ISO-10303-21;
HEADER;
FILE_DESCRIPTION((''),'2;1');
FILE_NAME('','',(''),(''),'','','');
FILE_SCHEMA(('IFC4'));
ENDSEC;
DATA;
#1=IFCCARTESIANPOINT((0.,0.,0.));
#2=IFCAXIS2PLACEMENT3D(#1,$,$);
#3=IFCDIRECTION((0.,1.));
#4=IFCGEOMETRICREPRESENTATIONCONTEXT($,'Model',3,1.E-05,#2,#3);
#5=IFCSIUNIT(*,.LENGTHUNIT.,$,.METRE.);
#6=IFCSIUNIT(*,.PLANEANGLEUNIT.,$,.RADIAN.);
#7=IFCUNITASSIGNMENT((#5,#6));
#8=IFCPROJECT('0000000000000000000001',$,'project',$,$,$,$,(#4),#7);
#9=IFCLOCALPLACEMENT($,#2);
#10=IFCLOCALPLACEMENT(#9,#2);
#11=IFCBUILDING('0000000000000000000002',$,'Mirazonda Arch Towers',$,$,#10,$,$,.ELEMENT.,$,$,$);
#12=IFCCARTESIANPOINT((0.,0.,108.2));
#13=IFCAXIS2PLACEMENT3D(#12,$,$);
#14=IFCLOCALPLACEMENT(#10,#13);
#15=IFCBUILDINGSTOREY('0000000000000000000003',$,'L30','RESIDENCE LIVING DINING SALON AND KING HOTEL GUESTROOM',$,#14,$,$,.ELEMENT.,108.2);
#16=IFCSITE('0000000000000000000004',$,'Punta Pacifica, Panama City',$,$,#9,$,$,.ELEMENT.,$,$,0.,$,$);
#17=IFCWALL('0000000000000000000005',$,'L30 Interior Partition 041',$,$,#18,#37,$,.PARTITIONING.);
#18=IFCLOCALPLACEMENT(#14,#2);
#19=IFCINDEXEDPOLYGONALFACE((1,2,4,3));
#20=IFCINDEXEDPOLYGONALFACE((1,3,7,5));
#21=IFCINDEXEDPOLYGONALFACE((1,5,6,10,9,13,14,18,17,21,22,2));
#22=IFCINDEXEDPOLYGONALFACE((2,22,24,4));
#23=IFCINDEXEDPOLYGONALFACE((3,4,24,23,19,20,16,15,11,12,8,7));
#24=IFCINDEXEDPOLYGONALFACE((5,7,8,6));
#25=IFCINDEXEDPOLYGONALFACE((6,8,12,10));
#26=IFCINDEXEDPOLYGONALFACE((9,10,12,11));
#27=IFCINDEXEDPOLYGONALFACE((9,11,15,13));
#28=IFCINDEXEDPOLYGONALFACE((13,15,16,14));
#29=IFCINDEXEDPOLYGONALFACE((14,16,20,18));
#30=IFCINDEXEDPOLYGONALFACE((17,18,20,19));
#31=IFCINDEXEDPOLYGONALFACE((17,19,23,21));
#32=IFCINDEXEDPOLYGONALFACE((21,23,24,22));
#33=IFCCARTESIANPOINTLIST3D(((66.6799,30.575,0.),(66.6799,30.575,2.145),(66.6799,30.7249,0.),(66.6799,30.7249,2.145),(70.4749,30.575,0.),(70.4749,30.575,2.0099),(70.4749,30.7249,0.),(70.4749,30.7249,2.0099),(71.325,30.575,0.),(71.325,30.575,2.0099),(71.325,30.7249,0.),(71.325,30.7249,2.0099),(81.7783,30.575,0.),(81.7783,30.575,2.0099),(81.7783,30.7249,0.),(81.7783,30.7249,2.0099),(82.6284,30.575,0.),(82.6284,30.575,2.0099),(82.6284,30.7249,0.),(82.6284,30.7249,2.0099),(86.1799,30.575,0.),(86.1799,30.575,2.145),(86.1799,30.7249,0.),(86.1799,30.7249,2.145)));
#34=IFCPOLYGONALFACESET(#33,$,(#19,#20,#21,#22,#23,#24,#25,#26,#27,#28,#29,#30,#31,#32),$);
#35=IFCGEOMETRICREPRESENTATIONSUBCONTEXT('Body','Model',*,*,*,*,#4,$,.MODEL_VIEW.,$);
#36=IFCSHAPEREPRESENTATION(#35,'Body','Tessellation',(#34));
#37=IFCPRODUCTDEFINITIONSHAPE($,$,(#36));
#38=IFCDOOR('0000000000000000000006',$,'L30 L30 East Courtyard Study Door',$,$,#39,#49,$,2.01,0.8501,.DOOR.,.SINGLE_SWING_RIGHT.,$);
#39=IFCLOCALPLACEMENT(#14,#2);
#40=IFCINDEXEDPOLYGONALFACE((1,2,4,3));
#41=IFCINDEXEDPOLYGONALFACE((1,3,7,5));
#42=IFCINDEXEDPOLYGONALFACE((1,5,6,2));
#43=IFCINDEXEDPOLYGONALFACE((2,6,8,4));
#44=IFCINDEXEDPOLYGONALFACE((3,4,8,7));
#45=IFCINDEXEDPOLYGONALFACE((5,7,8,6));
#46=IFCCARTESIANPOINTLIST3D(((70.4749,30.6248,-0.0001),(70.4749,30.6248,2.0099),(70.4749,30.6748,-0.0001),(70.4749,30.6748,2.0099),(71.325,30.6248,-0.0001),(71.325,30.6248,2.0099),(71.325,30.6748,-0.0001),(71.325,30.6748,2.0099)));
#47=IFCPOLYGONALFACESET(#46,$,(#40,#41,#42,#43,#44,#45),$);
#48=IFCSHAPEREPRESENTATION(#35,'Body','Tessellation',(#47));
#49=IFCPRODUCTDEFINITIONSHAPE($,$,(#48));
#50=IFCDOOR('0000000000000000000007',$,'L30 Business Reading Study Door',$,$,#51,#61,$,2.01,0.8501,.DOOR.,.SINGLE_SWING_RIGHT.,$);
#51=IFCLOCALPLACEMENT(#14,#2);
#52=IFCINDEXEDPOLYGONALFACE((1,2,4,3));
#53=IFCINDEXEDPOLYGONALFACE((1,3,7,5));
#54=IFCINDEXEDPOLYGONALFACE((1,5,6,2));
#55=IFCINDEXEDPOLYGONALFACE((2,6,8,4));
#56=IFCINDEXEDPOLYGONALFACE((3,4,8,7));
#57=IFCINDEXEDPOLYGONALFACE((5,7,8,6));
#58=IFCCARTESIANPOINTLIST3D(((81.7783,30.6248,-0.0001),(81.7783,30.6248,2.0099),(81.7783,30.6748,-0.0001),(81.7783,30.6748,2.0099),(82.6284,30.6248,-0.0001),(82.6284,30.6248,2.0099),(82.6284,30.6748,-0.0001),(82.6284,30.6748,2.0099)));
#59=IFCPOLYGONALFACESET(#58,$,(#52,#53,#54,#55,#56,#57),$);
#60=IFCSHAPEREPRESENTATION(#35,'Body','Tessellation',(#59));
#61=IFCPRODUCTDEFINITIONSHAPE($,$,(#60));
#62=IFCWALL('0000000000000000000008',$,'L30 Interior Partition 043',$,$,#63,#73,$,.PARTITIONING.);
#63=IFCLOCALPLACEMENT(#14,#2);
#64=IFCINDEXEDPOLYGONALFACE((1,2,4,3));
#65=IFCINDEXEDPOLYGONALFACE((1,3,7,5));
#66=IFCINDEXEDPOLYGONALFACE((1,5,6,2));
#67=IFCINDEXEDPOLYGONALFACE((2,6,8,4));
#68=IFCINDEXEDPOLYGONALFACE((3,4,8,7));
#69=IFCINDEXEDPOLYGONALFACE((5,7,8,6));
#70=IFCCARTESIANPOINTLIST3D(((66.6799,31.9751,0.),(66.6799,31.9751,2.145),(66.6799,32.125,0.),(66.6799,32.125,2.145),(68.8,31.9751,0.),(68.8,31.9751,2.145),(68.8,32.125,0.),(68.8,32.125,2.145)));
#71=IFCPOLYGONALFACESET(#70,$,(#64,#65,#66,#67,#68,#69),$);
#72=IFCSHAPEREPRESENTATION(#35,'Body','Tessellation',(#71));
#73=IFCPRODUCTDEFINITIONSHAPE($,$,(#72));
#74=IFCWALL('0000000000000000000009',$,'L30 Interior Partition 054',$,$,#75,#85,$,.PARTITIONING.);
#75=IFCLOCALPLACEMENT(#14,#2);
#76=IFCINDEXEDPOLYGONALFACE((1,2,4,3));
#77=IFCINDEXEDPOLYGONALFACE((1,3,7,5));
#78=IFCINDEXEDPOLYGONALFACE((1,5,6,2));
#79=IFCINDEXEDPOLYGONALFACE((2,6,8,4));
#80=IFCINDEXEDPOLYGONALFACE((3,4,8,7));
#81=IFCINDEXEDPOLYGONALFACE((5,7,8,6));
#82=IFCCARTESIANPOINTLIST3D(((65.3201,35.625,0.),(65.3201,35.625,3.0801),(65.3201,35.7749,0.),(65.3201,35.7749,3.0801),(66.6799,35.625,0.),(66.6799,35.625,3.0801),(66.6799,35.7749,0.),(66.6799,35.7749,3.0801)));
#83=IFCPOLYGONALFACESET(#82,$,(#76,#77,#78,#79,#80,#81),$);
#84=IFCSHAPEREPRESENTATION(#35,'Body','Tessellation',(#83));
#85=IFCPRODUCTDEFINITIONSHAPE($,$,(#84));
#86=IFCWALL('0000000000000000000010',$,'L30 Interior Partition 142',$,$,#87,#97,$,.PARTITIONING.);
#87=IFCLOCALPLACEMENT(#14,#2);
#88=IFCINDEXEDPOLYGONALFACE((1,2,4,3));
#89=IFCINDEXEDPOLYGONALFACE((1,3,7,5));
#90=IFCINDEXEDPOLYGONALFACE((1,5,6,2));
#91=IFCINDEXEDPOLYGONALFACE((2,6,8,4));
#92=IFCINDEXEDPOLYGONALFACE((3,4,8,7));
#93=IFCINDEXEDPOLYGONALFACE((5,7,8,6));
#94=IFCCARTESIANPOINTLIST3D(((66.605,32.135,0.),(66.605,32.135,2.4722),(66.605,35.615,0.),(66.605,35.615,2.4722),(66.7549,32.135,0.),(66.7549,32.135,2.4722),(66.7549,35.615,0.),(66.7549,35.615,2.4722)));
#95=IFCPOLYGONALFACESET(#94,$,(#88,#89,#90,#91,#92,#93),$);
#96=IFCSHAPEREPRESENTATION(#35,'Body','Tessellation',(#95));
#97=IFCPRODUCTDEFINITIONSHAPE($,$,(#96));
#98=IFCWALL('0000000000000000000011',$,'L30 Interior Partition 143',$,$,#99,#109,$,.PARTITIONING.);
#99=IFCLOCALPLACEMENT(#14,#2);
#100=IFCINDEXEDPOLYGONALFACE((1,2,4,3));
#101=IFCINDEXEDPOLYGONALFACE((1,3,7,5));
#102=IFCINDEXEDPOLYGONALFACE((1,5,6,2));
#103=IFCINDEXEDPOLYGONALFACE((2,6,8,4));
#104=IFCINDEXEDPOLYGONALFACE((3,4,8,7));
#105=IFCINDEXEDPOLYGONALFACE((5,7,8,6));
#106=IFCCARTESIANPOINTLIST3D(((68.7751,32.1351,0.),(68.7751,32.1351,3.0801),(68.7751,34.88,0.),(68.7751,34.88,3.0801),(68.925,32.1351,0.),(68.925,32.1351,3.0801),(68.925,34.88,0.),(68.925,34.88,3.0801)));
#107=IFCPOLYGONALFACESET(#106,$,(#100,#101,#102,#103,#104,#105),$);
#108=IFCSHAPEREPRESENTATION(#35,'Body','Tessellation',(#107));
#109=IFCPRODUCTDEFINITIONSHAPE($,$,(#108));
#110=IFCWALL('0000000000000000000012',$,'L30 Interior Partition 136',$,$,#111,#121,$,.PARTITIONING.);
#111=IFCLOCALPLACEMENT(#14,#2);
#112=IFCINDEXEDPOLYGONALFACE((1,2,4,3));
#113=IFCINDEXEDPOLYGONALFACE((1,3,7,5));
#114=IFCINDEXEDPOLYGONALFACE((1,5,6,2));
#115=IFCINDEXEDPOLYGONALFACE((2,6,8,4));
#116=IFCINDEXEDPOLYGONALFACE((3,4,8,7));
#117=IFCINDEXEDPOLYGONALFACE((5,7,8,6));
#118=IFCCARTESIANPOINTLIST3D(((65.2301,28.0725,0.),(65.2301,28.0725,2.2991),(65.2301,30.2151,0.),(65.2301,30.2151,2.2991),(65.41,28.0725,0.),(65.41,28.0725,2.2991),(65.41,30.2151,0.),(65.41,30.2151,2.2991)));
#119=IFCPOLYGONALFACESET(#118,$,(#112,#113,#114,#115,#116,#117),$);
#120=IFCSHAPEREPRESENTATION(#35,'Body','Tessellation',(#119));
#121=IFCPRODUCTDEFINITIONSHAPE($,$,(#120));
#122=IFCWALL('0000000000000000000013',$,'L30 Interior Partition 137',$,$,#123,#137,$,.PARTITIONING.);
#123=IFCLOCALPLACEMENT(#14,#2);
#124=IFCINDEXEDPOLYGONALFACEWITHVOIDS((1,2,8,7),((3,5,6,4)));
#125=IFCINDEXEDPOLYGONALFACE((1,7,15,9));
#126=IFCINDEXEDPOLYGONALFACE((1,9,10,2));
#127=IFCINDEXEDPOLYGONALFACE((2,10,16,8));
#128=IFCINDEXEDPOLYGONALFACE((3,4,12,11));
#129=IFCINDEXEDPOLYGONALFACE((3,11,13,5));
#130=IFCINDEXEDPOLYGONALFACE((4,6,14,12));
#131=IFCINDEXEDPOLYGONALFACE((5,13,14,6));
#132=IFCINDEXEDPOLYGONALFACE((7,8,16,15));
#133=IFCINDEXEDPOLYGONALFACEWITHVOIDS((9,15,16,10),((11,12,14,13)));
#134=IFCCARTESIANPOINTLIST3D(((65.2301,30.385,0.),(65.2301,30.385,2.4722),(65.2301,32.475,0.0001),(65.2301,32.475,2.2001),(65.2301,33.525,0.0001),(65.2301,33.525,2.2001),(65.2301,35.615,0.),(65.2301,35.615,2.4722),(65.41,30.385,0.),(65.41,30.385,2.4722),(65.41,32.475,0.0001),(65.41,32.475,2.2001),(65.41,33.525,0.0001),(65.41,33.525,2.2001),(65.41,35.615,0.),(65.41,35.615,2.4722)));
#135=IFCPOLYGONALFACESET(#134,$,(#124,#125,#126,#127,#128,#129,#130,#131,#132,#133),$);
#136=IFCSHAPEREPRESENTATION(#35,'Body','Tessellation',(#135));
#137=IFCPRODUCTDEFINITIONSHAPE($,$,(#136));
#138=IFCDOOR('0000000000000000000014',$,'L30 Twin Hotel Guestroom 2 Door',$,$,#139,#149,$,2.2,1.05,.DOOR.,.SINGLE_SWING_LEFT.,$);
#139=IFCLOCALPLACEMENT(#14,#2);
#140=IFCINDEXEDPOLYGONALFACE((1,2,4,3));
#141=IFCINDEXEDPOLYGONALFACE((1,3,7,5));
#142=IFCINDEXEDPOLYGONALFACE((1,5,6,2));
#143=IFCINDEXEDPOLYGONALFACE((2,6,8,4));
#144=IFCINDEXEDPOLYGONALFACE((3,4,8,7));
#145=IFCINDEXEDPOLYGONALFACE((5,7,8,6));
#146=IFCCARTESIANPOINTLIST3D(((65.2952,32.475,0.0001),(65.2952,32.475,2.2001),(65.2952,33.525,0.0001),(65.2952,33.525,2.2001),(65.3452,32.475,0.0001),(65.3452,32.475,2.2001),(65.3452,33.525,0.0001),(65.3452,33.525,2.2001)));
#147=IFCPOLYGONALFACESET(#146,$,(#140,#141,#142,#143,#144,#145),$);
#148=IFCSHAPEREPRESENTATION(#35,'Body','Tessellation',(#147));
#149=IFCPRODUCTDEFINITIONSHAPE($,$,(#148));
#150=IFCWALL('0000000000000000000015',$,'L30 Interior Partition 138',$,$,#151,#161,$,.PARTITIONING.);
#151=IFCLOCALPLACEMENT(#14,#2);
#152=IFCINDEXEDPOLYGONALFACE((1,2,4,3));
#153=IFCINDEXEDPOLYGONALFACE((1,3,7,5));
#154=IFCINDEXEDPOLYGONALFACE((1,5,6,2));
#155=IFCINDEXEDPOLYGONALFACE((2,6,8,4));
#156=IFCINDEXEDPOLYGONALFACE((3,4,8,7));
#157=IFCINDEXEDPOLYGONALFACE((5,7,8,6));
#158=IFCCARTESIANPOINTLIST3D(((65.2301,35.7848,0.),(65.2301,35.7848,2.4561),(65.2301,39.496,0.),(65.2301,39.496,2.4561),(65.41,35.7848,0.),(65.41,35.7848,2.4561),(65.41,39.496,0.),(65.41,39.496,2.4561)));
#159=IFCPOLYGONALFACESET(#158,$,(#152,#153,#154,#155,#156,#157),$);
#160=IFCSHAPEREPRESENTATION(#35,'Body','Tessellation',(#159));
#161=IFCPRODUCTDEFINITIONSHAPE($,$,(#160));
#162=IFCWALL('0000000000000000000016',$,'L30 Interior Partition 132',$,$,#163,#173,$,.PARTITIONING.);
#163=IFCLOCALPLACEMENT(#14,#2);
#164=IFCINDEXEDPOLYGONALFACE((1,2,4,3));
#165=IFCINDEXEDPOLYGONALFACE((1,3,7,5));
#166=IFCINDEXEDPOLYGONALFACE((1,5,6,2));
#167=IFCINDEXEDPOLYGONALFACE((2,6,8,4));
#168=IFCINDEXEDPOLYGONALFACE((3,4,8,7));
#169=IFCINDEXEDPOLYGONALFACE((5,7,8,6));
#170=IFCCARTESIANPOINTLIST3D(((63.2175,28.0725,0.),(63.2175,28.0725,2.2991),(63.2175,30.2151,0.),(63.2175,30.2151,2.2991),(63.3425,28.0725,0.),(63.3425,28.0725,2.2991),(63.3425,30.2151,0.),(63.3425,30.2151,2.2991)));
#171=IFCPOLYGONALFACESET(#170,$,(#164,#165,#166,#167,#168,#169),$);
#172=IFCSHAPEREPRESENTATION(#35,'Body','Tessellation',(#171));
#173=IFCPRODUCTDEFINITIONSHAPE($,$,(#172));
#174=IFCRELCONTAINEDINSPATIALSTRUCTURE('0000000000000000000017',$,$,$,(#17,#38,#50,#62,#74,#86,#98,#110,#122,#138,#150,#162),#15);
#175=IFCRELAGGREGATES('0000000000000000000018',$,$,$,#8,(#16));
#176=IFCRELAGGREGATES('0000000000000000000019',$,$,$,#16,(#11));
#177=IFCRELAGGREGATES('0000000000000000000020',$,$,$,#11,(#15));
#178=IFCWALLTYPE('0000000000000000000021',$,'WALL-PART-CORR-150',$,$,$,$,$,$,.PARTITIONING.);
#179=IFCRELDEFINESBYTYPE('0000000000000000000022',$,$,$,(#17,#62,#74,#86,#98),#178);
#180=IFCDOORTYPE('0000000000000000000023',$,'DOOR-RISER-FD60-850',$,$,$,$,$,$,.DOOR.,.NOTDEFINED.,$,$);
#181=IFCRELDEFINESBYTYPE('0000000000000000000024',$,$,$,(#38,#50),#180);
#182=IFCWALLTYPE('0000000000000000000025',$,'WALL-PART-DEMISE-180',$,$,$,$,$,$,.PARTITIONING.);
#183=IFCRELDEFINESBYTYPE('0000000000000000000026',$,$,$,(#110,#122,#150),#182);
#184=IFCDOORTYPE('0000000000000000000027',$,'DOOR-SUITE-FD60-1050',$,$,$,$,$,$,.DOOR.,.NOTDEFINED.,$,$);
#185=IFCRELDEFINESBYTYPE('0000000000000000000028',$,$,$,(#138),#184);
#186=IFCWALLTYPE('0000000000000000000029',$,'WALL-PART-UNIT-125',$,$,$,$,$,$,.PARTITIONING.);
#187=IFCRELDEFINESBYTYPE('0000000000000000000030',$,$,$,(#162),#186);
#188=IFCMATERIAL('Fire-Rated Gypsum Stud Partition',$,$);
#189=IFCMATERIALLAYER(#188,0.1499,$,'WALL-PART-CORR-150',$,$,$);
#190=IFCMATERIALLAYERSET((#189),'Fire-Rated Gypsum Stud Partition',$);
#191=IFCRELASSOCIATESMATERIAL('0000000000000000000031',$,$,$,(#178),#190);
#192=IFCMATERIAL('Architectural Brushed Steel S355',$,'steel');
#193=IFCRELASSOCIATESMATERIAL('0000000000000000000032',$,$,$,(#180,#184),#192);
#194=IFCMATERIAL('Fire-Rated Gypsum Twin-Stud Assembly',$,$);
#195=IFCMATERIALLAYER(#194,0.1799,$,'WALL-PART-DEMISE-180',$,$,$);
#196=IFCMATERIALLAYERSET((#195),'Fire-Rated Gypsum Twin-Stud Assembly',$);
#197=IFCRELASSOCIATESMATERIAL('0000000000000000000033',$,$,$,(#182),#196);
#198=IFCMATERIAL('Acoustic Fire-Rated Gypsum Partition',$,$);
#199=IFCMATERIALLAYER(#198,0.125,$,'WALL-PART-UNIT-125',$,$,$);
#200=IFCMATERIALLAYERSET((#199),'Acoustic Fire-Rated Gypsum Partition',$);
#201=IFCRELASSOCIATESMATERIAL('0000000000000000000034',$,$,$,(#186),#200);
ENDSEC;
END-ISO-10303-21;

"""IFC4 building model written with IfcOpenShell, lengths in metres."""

from ifc_helpers import new_model, si_unit, direction, frame, frame_2d, origin, place, context, subcontext, project, spatial, rectangle, extrude, material, layer, layer_set, type_object, element, fill, save


model = new_model("IFC4")

# Units and contexts
model_context = context("Model", 3, precision=1e-05, world=origin(), true_north=direction((0.0, 1.0)))
body_context = subcontext(model_context, "Body", "Model", "MODEL_VIEW")
ifc_project = project(units=[si_unit("LENGTHUNIT", "METRE"), si_unit("PLANEANGLEUNIT", "RADIAN")], contexts=[model_context])

# Site, building, storey
site_placement = place(None, origin())
site = spatial("IfcSite", under=ifc_project, at=site_placement, Name="Punta Pacifica, Panama City", CompositionType="ELEMENT", RefElevation=0.0)
building_placement = place(site_placement, origin())
building = spatial("IfcBuilding", under=site, at=building_placement, Name="Mirazonda Arch Towers", CompositionType="ELEMENT")
storey_placement = place(building_placement, frame((0.0, 0.0, 108.2)))
storey = spatial("IfcBuildingStorey", under=building, at=storey_placement, Name="L30", Description="RESIDENCE LIVING DINING SALON AND KING HOTEL GUESTROOM", CompositionType="ELEMENT", Elevation=108.2)

# Wall, openings, doors
ifc_material_1 = material(Name="Architectural Brushed Steel S355", Category="steel")
ifc_material_2 = material(Name="Fire-Rated Gypsum Stud Partition")
ifc_layer_1 = layer(ifc_material_2, 0.1499, Name="WALL-PART-CORR-150")
ifc_layer_set_1 = layer_set([ifc_layer_1], Name="Fire-Rated Gypsum Stud Partition")
wall_type_1 = type_object("IfcWallType", Name="WALL-PART-CORR-150", PredefinedType="PARTITIONING", material=ifc_layer_set_1)
wall_1_placement = place(storey_placement, frame((66.6799, 30.6499, 0.0), z_axis=(0.0, 0.0, 1.0), x_axis=(1.0, 0.0, 0.0)))
wall_1 = element("IfcWall", 1, at=wall_1_placement, inside=storey, type_object=wall_type_1, Name="L30 Interior Partition 041", PredefinedType="PARTITIONING", context=body_context, shape_type="SweptSolid", body=[
    extrude(rectangle(XDim=19.5, YDim=0.1499, at=frame_2d((9.75, 0.0))), origin(), (0.0, 0.0, 1.0), 2.145),
])
opening_1_placement = place(wall_1_placement, frame((3.7949, 0.0, 0.0)))
opening_1 = element("IfcOpeningElement", 2, at=opening_1_placement, cuts=wall_1, PredefinedType="OPENING", context=body_context, shape_type="SweptSolid", body=[
    extrude(rectangle(XDim=0.8501, YDim=2.01, at=frame_2d((0.425, 1.0049))), frame((0.0, 0.085, 0.0), z_axis=(0.0, -1.0, 0.0), x_axis=(1.0, 0.0, 0.0)), (0.0, 0.0, 1.0), 0.1699),
])
opening_2_placement = place(wall_1_placement, frame((15.0984, 0.0, 0.0)))
opening_2 = element("IfcOpeningElement", 3, at=opening_2_placement, cuts=wall_1, PredefinedType="OPENING", context=body_context, shape_type="SweptSolid", body=[
    extrude(rectangle(XDim=0.8501, YDim=2.01, at=frame_2d((0.425, 1.0049))), frame((0.0, 0.085, 0.0), z_axis=(0.0, -1.0, 0.0), x_axis=(1.0, 0.0, 0.0)), (0.0, 0.0, 1.0), 0.1699),
])
door_type_1 = type_object("IfcDoorType", Name="DOOR-RISER-FD60-850", OperationType="NOTDEFINED", PredefinedType="DOOR", material=ifc_material_1)
door_1_placement = place(opening_1_placement, origin())
door_1 = element("IfcDoor", 4, at=door_1_placement, inside=storey, type_object=door_type_1, Name="L30 L30 East Courtyard Study Door", OperationType="SINGLE_SWING_RIGHT", OverallHeight=2.01, OverallWidth=0.8501, PredefinedType="DOOR", context=body_context, shape_type="SweptSolid", body=[
    extrude(rectangle(XDim=0.8501, YDim=2.01, at=frame_2d((0.425, 1.0049))), frame((0.0, 0.0249, 0.0), z_axis=(0.0, -1.0, 0.0), x_axis=(1.0, 0.0, 0.0)), (0.0, 0.0, 1.0), 0.05),
])
fill(opening_1, door_1)
door_2_placement = place(opening_2_placement, origin())
door_2 = element("IfcDoor", 5, at=door_2_placement, inside=storey, type_object=door_type_1, Name="L30 Business Reading Study Door", OperationType="SINGLE_SWING_RIGHT", OverallHeight=2.01, OverallWidth=0.8501, PredefinedType="DOOR", context=body_context, shape_type="SweptSolid", body=[
    extrude(rectangle(XDim=0.8501, YDim=2.01, at=frame_2d((0.425, 1.0049))), frame((0.0, 0.0249, 0.0), z_axis=(0.0, -1.0, 0.0), x_axis=(1.0, 0.0, 0.0)), (0.0, 0.0, 1.0), 0.05),
])
fill(opening_2, door_2)

# Walls
wall_2_placement = place(storey_placement, frame((66.6799, 32.05, 0.0), z_axis=(0.0, 0.0, 1.0), x_axis=(1.0, 0.0, 0.0)))
element("IfcWall", 6, at=wall_2_placement, inside=storey, type_object=wall_type_1, Name="L30 Interior Partition 043", PredefinedType="PARTITIONING", context=body_context, shape_type="SweptSolid", body=[
    extrude(rectangle(XDim=2.1201, YDim=0.1499, at=frame_2d((1.0601, 0.0))), origin(), (0.0, 0.0, 1.0), 2.145),
])
wall_3_placement = place(storey_placement, frame((65.3201, 35.7, 0.0), z_axis=(0.0, 0.0, 1.0), x_axis=(1.0, 0.0, 0.0)))
element("IfcWall", 7, at=wall_3_placement, inside=storey, type_object=wall_type_1, Name="L30 Interior Partition 054", PredefinedType="PARTITIONING", context=body_context, shape_type="SweptSolid", body=[
    extrude(rectangle(XDim=1.3599, YDim=0.1499, at=frame_2d((0.6799, 0.0))), origin(), (0.0, 0.0, 1.0), 3.0801),
])
wall_4_placement = place(storey_placement, frame((66.6799, 32.135, 0.0), z_axis=(0.0, 0.0, 1.0), x_axis=(0.0, 1.0, 0.0)))
element("IfcWall", 8, at=wall_4_placement, inside=storey, type_object=wall_type_1, Name="L30 Interior Partition 142", PredefinedType="PARTITIONING", context=body_context, shape_type="SweptSolid", body=[
    extrude(rectangle(XDim=3.48, YDim=0.1499, at=frame_2d((1.74, 0.0))), origin(), (0.0, 0.0, 1.0), 2.4722),
])
wall_5_placement = place(storey_placement, frame((68.8501, 32.135, 0.0), z_axis=(0.0, 0.0, 1.0), x_axis=(0.0, 1.0, 0.0)))
element("IfcWall", 9, at=wall_5_placement, inside=storey, type_object=wall_type_1, Name="L30 Interior Partition 143", PredefinedType="PARTITIONING", context=body_context, shape_type="SweptSolid", body=[
    extrude(rectangle(XDim=2.7449, YDim=0.1499, at=frame_2d((1.3726, 0.0))), origin(), (0.0, 0.0, 1.0), 3.0801),
])
ifc_material_3 = material(Name="Fire-Rated Gypsum Twin-Stud Assembly")
ifc_layer_2 = layer(ifc_material_3, 0.1799, Name="WALL-PART-DEMISE-180")
ifc_layer_set_2 = layer_set([ifc_layer_2], Name="Fire-Rated Gypsum Twin-Stud Assembly")
wall_type_2 = type_object("IfcWallType", Name="WALL-PART-DEMISE-180", PredefinedType="PARTITIONING", material=ifc_layer_set_2)
wall_6_placement = place(storey_placement, frame((65.3201, 28.0725, 0.0), z_axis=(0.0, 0.0, 1.0), x_axis=(0.0, 1.0, 0.0)))
element("IfcWall", 10, at=wall_6_placement, inside=storey, type_object=wall_type_2, Name="L30 Interior Partition 136", PredefinedType="PARTITIONING", context=body_context, shape_type="SweptSolid", body=[
    extrude(rectangle(XDim=2.1426, YDim=0.1799, at=frame_2d((1.0713, 0.0))), origin(), (0.0, 0.0, 1.0), 2.2991),
])

# Wall, opening, door
wall_7_placement = place(storey_placement, frame((65.3201, 30.385, 0.0), z_axis=(0.0, 0.0, 1.0), x_axis=(0.0, 1.0, 0.0)))
wall_7 = element("IfcWall", 11, at=wall_7_placement, inside=storey, type_object=wall_type_2, Name="L30 Interior Partition 137", PredefinedType="PARTITIONING", context=body_context, shape_type="SweptSolid", body=[
    extrude(rectangle(XDim=5.23, YDim=0.1799, at=frame_2d((2.615, 0.0))), origin(), (0.0, 0.0, 1.0), 2.4722),
])
opening_3_placement = place(wall_7_placement, frame((2.0901, 0.0, 0.0)))
opening_3 = element("IfcOpeningElement", 12, at=opening_3_placement, cuts=wall_7, PredefinedType="OPENING", context=body_context, shape_type="SweptSolid", body=[
    extrude(rectangle(XDim=1.05, YDim=2.2, at=frame_2d((0.5249, 1.1001))), frame((0.0, 0.0999, 0.0), z_axis=(0.0, -1.0, 0.0), x_axis=(1.0, 0.0, 0.0)), (0.0, 0.0, 1.0), 0.2),
])
door_type_2 = type_object("IfcDoorType", Name="DOOR-SUITE-FD60-1050", OperationType="NOTDEFINED", PredefinedType="DOOR", material=ifc_material_1)
door_3_placement = place(opening_3_placement, origin())
door_3 = element("IfcDoor", 13, at=door_3_placement, inside=storey, type_object=door_type_2, Name="L30 Twin Hotel Guestroom 2 Door", OperationType="SINGLE_SWING_LEFT", OverallHeight=2.2, OverallWidth=1.05, PredefinedType="DOOR", context=body_context, shape_type="SweptSolid", body=[
    extrude(rectangle(XDim=1.05, YDim=2.2, at=frame_2d((0.5249, 1.1001))), frame((0.0, 0.0249, 0.0), z_axis=(0.0, -1.0, 0.0), x_axis=(1.0, 0.0, 0.0)), (0.0, 0.0, 1.0), 0.05),
])
fill(opening_3, door_3)

# Walls
wall_8_placement = place(storey_placement, frame((65.3201, 35.7849, 0.0), z_axis=(0.0, 0.0, 1.0), x_axis=(0.0, 1.0, 0.0)))
element("IfcWall", 14, at=wall_8_placement, inside=storey, type_object=wall_type_2, Name="L30 Interior Partition 138", PredefinedType="PARTITIONING", context=body_context, shape_type="SweptSolid", body=[
    extrude(rectangle(XDim=3.7112, YDim=0.1799, at=frame_2d((1.8555, 0.0))), origin(), (0.0, 0.0, 1.0), 2.4561),
])
ifc_material_4 = material(Name="Acoustic Fire-Rated Gypsum Partition")
ifc_layer_3 = layer(ifc_material_4, 0.125, Name="WALL-PART-UNIT-125")
ifc_layer_set_3 = layer_set([ifc_layer_3], Name="Acoustic Fire-Rated Gypsum Partition")
wall_type_3 = type_object("IfcWallType", Name="WALL-PART-UNIT-125", PredefinedType="PARTITIONING", material=ifc_layer_set_3)
wall_9_placement = place(storey_placement, frame((63.28, 28.0725, 0.0), z_axis=(0.0, 0.0, 1.0), x_axis=(0.0, 1.0, 0.0)))
element("IfcWall", 15, at=wall_9_placement, inside=storey, type_object=wall_type_3, Name="L30 Interior Partition 132", PredefinedType="PARTITIONING", context=body_context, shape_type="SweptSolid", body=[
    extrude(rectangle(XDim=2.1426, YDim=0.125, at=frame_2d((1.0713, 0.0))), origin(), (0.0, 0.0, 1.0), 2.2991),
])

save(model, "model.ifc")
